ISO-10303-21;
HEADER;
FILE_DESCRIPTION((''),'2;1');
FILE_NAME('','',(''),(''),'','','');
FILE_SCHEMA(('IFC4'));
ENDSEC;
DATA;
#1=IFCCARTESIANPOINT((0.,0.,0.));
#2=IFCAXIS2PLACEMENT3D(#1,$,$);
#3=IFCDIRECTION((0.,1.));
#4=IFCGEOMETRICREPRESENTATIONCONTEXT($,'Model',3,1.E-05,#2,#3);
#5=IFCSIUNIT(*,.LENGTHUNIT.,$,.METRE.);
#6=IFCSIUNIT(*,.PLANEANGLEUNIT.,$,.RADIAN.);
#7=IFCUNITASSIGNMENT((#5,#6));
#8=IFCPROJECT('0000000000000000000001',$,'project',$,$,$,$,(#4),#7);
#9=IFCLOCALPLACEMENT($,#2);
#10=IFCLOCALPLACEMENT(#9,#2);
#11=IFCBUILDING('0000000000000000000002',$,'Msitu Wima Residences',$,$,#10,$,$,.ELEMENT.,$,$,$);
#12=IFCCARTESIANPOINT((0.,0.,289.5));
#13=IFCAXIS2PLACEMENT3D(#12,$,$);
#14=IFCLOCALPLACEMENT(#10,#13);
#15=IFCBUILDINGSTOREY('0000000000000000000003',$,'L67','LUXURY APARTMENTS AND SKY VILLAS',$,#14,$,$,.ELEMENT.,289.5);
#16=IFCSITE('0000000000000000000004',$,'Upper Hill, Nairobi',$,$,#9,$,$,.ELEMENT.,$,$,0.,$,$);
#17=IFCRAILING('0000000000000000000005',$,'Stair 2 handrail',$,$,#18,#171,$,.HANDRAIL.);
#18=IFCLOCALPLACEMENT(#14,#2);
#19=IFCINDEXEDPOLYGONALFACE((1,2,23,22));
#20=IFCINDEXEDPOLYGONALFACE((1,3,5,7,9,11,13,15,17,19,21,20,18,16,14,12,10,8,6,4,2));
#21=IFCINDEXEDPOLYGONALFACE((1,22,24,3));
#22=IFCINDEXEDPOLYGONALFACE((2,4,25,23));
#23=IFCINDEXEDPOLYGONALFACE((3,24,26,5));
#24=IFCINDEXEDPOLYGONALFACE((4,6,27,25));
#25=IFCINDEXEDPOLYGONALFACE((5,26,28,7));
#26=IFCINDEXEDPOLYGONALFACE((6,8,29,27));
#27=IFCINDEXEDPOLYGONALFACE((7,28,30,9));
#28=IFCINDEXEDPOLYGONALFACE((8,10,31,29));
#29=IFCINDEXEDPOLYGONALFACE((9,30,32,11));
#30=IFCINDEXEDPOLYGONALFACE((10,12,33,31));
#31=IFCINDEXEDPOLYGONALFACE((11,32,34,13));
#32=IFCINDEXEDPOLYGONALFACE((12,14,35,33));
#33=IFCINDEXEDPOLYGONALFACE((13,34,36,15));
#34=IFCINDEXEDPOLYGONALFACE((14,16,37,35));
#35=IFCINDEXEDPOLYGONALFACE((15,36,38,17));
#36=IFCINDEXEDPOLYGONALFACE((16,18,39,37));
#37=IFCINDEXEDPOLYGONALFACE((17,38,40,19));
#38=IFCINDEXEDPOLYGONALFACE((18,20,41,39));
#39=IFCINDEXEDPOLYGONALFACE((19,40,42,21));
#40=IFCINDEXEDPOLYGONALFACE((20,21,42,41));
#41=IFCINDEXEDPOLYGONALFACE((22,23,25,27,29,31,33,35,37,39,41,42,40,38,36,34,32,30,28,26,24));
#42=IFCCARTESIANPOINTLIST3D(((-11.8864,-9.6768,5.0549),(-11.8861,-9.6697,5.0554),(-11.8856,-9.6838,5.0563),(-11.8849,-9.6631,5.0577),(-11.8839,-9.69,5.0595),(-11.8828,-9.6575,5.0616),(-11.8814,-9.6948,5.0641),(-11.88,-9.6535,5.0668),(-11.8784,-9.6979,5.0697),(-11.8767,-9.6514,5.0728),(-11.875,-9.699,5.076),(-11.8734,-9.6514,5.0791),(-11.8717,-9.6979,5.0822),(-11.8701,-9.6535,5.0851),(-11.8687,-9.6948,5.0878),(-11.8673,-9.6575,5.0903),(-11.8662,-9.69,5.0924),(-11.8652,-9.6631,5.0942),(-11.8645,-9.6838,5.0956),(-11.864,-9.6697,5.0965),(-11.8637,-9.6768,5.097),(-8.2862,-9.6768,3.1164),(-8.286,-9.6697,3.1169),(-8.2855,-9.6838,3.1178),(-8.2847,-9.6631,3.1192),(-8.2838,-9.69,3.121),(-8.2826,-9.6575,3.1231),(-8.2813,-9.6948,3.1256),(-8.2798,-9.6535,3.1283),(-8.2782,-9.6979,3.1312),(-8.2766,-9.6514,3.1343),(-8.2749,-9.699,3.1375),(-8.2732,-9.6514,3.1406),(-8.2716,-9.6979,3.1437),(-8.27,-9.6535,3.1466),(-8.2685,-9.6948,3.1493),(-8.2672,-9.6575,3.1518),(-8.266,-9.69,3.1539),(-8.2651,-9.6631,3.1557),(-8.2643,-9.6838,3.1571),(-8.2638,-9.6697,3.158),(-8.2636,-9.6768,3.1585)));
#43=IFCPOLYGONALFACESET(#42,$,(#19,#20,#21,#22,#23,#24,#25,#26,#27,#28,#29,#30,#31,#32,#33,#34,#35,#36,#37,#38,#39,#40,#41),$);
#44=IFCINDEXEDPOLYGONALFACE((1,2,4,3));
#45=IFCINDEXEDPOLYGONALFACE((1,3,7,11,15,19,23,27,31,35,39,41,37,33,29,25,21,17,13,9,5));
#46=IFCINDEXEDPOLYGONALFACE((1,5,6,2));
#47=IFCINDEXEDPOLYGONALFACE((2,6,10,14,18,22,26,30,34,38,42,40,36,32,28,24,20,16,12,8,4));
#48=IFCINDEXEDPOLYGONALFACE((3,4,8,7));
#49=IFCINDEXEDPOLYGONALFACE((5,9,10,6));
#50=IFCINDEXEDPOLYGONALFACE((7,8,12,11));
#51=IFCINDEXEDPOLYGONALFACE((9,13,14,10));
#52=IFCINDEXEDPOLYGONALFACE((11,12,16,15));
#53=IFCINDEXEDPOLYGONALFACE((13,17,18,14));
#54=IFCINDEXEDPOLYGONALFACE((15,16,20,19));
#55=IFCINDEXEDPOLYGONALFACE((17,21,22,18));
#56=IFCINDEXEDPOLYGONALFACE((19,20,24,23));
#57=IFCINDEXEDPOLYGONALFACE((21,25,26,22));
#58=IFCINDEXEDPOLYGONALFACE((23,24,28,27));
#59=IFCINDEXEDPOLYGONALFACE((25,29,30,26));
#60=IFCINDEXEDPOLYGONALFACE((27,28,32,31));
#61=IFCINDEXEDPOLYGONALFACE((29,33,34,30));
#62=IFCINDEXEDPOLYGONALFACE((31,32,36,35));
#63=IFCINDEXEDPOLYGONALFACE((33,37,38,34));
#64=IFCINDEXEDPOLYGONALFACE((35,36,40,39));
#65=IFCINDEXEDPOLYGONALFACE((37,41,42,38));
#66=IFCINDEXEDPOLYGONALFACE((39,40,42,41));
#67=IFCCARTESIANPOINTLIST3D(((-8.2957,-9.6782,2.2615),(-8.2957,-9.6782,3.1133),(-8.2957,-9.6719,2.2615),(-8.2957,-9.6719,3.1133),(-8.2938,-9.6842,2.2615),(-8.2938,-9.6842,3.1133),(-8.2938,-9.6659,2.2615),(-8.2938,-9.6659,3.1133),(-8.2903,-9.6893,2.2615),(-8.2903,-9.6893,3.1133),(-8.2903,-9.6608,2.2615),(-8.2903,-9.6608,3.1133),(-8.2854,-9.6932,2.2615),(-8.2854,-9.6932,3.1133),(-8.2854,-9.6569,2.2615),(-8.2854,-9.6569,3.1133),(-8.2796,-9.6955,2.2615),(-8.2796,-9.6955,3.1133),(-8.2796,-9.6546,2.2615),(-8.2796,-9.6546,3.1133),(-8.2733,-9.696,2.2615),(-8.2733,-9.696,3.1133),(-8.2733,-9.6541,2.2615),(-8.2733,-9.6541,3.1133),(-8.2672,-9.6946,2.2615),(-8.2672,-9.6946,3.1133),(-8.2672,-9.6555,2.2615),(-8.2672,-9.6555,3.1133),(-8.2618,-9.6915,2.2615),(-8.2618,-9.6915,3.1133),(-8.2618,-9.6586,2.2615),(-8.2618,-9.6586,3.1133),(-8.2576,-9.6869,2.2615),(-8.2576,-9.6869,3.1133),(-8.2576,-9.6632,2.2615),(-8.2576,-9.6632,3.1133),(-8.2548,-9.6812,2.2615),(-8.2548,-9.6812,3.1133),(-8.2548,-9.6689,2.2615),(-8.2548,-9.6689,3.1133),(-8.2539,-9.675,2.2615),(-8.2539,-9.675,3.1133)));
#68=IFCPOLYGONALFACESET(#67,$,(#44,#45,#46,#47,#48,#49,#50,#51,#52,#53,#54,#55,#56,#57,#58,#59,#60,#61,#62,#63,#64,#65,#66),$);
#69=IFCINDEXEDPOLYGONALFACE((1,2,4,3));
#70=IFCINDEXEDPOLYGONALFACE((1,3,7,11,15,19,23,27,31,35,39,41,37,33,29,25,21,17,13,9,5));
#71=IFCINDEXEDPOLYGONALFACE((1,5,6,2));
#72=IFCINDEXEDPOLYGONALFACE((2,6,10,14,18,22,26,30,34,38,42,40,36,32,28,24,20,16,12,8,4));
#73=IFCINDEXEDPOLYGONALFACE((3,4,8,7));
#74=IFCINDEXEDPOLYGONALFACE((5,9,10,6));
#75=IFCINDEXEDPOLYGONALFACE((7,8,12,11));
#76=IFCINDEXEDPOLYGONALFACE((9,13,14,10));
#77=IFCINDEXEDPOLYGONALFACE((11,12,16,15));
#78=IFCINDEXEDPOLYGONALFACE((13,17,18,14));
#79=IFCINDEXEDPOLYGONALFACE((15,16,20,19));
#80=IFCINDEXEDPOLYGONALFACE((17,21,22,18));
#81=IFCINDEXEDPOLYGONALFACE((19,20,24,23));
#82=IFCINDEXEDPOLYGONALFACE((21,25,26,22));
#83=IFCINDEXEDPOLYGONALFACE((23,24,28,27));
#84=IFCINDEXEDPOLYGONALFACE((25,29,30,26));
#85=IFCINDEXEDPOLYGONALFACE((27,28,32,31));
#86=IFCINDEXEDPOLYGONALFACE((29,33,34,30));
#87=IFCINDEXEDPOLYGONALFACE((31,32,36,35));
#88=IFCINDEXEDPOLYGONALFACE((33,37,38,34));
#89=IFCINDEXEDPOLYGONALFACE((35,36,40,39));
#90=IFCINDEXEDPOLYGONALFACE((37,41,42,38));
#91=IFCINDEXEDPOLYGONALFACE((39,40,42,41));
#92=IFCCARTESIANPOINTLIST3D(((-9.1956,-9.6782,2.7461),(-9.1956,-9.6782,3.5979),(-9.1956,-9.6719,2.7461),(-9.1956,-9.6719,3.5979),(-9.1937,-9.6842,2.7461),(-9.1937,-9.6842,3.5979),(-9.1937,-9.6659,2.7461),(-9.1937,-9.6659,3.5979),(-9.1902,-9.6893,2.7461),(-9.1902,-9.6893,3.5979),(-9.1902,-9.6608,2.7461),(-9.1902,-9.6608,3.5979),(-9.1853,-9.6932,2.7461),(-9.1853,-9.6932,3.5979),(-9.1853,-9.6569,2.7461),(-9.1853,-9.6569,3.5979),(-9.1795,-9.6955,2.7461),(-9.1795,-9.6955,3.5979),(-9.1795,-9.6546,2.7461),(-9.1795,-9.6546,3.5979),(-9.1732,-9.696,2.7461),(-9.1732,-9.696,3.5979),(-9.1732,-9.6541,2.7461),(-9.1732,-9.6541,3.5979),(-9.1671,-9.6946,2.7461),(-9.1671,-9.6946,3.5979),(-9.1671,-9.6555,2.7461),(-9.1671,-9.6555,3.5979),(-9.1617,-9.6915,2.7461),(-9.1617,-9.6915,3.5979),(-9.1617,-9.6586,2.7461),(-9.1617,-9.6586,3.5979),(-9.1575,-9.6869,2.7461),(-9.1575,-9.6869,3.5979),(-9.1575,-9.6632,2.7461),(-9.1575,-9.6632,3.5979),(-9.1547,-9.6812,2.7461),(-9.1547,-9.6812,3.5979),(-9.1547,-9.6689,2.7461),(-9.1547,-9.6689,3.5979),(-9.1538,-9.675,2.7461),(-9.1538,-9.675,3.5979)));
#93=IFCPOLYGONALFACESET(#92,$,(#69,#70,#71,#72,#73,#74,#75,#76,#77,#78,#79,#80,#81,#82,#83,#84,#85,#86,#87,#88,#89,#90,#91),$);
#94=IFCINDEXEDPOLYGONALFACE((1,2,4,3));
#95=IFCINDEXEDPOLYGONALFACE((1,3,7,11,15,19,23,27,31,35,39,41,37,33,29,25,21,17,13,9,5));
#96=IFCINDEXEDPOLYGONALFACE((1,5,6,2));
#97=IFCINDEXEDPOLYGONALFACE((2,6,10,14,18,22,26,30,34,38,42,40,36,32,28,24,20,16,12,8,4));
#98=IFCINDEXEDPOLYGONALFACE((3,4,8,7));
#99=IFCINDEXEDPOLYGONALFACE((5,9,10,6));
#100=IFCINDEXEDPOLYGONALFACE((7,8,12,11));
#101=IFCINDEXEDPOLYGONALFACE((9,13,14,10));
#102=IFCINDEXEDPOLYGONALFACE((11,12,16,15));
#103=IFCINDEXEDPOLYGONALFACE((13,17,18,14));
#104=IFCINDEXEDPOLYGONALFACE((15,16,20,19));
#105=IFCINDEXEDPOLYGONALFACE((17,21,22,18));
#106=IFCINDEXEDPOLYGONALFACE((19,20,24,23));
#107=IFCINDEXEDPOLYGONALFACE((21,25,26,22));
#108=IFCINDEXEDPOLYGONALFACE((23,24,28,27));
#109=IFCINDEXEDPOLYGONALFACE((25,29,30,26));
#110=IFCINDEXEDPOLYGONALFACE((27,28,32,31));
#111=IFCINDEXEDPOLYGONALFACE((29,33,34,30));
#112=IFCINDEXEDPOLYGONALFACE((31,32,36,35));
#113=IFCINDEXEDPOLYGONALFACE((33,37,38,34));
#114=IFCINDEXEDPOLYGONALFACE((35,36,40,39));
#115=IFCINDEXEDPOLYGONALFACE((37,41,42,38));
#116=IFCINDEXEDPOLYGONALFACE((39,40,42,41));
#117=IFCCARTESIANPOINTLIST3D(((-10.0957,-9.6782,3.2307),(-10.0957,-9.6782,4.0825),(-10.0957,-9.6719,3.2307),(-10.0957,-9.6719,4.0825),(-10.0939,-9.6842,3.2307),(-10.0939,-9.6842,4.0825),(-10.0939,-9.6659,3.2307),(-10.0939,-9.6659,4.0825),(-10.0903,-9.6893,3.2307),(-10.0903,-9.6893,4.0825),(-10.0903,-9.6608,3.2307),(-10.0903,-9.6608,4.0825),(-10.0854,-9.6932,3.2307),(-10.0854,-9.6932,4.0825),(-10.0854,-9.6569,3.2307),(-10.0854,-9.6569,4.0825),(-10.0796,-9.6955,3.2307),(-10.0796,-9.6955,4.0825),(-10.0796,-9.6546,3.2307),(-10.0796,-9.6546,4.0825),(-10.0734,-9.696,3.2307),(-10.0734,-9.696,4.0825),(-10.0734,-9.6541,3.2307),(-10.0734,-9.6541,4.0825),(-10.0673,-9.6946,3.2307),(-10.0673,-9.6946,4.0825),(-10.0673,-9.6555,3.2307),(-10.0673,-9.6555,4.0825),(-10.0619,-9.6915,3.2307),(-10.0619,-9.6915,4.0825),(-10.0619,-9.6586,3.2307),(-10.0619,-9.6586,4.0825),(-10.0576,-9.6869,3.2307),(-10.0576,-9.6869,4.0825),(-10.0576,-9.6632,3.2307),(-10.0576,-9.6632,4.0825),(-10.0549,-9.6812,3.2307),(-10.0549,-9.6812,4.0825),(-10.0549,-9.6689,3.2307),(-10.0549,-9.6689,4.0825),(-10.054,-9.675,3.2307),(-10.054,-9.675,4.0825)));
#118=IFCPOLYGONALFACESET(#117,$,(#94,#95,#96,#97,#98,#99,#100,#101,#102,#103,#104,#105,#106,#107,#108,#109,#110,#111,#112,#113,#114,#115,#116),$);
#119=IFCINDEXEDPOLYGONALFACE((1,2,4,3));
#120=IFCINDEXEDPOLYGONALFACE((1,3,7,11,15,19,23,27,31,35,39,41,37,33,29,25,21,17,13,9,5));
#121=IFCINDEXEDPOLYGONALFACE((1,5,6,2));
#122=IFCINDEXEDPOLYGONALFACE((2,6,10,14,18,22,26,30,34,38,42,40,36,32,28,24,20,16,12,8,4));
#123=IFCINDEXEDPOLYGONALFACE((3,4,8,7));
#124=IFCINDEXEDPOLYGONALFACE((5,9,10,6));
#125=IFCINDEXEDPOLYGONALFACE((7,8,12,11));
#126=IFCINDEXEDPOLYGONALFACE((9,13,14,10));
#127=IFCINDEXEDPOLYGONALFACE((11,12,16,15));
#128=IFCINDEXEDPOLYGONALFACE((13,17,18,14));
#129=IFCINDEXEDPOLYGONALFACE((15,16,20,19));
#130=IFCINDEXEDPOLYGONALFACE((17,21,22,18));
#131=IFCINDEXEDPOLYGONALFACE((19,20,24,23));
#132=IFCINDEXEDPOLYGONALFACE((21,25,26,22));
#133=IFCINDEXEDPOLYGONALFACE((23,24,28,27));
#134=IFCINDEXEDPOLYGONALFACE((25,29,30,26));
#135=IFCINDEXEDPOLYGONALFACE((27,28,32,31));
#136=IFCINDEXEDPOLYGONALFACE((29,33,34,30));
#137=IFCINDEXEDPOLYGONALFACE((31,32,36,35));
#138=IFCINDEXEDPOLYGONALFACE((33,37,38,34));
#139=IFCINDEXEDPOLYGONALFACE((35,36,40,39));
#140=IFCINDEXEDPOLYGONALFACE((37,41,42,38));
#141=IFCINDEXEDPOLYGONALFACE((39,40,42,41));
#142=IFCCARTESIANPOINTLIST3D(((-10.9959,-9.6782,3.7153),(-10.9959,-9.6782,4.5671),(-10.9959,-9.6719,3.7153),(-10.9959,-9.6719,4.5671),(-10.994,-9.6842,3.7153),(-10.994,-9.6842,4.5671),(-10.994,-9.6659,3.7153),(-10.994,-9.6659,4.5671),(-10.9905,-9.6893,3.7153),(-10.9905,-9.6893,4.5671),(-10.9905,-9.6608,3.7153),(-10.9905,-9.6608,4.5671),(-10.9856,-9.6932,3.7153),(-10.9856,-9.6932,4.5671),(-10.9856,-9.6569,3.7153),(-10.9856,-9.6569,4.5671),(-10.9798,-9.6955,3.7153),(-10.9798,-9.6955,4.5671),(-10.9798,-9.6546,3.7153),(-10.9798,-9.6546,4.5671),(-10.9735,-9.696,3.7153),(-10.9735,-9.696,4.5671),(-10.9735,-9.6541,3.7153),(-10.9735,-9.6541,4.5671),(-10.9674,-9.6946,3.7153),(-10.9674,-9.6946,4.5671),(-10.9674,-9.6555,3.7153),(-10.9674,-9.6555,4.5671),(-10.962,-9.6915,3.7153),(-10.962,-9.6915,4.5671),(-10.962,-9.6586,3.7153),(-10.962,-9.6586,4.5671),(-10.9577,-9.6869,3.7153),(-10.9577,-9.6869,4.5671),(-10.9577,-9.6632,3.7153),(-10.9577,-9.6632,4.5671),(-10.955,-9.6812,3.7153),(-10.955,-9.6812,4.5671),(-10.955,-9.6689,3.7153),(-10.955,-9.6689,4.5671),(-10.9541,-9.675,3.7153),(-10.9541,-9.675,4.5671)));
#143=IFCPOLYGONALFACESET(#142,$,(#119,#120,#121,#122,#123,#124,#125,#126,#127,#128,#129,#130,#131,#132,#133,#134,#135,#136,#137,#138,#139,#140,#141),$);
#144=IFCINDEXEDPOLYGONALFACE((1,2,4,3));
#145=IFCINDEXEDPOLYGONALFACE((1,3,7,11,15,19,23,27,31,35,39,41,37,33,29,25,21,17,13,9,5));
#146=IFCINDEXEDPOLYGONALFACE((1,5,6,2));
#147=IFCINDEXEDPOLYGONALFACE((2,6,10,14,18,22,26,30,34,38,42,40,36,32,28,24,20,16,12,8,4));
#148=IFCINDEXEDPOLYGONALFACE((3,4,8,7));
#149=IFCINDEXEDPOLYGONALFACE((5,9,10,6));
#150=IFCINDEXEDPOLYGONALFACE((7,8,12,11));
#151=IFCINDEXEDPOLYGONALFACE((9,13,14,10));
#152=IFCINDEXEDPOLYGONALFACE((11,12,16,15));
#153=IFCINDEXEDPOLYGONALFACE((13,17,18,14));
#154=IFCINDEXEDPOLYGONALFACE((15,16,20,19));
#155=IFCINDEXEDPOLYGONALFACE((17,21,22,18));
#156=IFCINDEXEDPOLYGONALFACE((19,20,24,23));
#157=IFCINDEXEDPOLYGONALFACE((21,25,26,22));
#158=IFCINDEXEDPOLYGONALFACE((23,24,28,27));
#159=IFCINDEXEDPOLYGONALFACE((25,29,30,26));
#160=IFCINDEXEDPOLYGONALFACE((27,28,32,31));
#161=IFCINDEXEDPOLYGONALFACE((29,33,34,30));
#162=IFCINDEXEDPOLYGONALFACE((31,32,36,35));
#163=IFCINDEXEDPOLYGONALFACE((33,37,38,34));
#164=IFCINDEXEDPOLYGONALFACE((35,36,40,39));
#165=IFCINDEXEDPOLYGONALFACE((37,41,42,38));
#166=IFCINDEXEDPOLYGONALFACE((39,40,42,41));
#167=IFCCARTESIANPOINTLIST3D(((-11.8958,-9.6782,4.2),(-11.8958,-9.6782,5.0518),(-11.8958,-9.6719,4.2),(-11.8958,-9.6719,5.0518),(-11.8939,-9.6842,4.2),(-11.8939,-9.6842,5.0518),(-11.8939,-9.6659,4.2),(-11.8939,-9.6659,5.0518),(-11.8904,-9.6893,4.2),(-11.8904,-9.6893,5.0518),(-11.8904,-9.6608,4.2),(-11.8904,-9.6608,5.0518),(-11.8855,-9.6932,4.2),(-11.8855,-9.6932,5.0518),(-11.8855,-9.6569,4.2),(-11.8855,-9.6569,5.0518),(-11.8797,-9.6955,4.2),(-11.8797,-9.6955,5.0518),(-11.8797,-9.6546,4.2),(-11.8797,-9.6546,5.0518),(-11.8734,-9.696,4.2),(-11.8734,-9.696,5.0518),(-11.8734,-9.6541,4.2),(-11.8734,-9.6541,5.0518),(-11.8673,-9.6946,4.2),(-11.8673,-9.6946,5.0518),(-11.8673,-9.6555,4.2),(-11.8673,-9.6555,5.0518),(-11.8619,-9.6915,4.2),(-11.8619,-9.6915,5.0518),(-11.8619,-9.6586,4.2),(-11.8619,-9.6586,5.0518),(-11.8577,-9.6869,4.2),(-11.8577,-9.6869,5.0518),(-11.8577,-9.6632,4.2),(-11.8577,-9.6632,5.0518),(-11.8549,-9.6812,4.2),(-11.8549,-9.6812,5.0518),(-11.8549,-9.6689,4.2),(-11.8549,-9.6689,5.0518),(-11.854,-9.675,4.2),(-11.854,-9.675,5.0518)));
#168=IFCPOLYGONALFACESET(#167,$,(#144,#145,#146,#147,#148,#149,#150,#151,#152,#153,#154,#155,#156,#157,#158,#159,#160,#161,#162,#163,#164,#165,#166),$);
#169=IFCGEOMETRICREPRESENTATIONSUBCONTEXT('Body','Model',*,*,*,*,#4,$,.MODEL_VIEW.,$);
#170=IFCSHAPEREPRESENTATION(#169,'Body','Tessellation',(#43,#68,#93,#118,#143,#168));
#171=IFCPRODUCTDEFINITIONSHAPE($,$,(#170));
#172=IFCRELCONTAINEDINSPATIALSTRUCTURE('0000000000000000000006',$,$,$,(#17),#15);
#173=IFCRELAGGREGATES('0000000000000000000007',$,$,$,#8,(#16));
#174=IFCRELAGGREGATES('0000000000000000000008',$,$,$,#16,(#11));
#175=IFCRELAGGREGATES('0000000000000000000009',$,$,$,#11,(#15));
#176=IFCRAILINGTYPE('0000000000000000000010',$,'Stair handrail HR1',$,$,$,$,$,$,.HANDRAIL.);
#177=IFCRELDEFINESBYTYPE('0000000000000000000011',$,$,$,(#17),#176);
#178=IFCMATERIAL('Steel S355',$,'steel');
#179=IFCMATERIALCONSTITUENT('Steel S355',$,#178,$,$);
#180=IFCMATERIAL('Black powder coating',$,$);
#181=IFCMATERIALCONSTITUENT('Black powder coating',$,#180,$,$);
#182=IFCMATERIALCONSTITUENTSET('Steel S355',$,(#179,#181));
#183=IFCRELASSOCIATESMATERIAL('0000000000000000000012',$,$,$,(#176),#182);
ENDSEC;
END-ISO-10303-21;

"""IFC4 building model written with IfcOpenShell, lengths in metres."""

from ifc_helpers import new_model, si_unit, direction, frame, origin, origin_2d, place, context, subcontext, project, spatial, circle, extrude, material, constituent, constituent_set, type_object, element, save


model = new_model("IFC4")

# Units and contexts
model_context = context("Model", 3, precision=1e-05, world=origin(), true_north=direction((0.0, 1.0)))
body_context = subcontext(model_context, "Body", "Model", "MODEL_VIEW")
ifc_project = project(units=[si_unit("LENGTHUNIT", "METRE"), si_unit("PLANEANGLEUNIT", "RADIAN")], contexts=[model_context])

# Site, building, storey
site_placement = place(None, origin())
site = spatial("IfcSite", under=ifc_project, at=site_placement, Name="Upper Hill, Nairobi", CompositionType="ELEMENT", RefElevation=0.0)
building_placement = place(site_placement, origin())
building = spatial("IfcBuilding", under=site, at=building_placement, Name="Msitu Wima Residences", CompositionType="ELEMENT")
storey_placement = place(building_placement, frame((0.0, 0.0, 289.5)))
storey = spatial("IfcBuildingStorey", under=building, at=storey_placement, Name="L67", Description="LUXURY APARTMENTS AND SKY VILLAS", CompositionType="ELEMENT", Elevation=289.5)

# Railing
ifc_material_1 = material(Name="Steel S355", Category="steel")
ifc_constituent_1 = constituent(ifc_material_1, Name="Steel S355")
ifc_material_2 = material(Name="Black powder coating")
ifc_constituent_2 = constituent(ifc_material_2, Name="Black powder coating")
ifc_constituent_set = constituent_set(constituents=[ifc_constituent_1, ifc_constituent_2], Name="Steel S355")
railing_type = type_object("IfcRailingType", Name="Stair handrail HR1", PredefinedType="HANDRAIL", material=ifc_constituent_set)
railing_placement = place(storey_placement, frame((-8.2749, -9.675, 2.2615)))
element("IfcRailing", 1, at=railing_placement, inside=storey, type_object=railing_type, Name="Stair 2 handrail", PredefinedType="HANDRAIL", context=body_context, shape_type="SweptSolid", body=[
    extrude(circle(Radius=0.0239, at=origin_2d()), frame((0.0, 0.0, 0.876), z_axis=(-0.880475, 0.0, 0.474093), x_axis=(0.0, -1.0, 0.0)), (0.0, 0.0, 1.0), 4.0889),
    extrude(circle(Radius=0.021, at=origin_2d()), origin(), (0.0, 0.0, 1.0), 0.8518),
    extrude(circle(Radius=0.021, at=origin_2d()), frame((-0.8999, 0.0, 0.4846)), (0.0, 0.0, 1.0), 0.8518),
    extrude(circle(Radius=0.021, at=origin_2d()), frame((-1.8, 0.0, 0.9692)), (0.0, 0.0, 1.0), 0.8518),
    extrude(circle(Radius=0.021, at=origin_2d()), frame((-2.7002, 0.0, 1.4539)), (0.0, 0.0, 1.0), 0.8518),
    extrude(circle(Radius=0.021, at=origin_2d()), frame((-3.6001, 0.0, 1.9385)), (0.0, 0.0, 1.0), 0.8518),
])

save(model, "model.ifc")
